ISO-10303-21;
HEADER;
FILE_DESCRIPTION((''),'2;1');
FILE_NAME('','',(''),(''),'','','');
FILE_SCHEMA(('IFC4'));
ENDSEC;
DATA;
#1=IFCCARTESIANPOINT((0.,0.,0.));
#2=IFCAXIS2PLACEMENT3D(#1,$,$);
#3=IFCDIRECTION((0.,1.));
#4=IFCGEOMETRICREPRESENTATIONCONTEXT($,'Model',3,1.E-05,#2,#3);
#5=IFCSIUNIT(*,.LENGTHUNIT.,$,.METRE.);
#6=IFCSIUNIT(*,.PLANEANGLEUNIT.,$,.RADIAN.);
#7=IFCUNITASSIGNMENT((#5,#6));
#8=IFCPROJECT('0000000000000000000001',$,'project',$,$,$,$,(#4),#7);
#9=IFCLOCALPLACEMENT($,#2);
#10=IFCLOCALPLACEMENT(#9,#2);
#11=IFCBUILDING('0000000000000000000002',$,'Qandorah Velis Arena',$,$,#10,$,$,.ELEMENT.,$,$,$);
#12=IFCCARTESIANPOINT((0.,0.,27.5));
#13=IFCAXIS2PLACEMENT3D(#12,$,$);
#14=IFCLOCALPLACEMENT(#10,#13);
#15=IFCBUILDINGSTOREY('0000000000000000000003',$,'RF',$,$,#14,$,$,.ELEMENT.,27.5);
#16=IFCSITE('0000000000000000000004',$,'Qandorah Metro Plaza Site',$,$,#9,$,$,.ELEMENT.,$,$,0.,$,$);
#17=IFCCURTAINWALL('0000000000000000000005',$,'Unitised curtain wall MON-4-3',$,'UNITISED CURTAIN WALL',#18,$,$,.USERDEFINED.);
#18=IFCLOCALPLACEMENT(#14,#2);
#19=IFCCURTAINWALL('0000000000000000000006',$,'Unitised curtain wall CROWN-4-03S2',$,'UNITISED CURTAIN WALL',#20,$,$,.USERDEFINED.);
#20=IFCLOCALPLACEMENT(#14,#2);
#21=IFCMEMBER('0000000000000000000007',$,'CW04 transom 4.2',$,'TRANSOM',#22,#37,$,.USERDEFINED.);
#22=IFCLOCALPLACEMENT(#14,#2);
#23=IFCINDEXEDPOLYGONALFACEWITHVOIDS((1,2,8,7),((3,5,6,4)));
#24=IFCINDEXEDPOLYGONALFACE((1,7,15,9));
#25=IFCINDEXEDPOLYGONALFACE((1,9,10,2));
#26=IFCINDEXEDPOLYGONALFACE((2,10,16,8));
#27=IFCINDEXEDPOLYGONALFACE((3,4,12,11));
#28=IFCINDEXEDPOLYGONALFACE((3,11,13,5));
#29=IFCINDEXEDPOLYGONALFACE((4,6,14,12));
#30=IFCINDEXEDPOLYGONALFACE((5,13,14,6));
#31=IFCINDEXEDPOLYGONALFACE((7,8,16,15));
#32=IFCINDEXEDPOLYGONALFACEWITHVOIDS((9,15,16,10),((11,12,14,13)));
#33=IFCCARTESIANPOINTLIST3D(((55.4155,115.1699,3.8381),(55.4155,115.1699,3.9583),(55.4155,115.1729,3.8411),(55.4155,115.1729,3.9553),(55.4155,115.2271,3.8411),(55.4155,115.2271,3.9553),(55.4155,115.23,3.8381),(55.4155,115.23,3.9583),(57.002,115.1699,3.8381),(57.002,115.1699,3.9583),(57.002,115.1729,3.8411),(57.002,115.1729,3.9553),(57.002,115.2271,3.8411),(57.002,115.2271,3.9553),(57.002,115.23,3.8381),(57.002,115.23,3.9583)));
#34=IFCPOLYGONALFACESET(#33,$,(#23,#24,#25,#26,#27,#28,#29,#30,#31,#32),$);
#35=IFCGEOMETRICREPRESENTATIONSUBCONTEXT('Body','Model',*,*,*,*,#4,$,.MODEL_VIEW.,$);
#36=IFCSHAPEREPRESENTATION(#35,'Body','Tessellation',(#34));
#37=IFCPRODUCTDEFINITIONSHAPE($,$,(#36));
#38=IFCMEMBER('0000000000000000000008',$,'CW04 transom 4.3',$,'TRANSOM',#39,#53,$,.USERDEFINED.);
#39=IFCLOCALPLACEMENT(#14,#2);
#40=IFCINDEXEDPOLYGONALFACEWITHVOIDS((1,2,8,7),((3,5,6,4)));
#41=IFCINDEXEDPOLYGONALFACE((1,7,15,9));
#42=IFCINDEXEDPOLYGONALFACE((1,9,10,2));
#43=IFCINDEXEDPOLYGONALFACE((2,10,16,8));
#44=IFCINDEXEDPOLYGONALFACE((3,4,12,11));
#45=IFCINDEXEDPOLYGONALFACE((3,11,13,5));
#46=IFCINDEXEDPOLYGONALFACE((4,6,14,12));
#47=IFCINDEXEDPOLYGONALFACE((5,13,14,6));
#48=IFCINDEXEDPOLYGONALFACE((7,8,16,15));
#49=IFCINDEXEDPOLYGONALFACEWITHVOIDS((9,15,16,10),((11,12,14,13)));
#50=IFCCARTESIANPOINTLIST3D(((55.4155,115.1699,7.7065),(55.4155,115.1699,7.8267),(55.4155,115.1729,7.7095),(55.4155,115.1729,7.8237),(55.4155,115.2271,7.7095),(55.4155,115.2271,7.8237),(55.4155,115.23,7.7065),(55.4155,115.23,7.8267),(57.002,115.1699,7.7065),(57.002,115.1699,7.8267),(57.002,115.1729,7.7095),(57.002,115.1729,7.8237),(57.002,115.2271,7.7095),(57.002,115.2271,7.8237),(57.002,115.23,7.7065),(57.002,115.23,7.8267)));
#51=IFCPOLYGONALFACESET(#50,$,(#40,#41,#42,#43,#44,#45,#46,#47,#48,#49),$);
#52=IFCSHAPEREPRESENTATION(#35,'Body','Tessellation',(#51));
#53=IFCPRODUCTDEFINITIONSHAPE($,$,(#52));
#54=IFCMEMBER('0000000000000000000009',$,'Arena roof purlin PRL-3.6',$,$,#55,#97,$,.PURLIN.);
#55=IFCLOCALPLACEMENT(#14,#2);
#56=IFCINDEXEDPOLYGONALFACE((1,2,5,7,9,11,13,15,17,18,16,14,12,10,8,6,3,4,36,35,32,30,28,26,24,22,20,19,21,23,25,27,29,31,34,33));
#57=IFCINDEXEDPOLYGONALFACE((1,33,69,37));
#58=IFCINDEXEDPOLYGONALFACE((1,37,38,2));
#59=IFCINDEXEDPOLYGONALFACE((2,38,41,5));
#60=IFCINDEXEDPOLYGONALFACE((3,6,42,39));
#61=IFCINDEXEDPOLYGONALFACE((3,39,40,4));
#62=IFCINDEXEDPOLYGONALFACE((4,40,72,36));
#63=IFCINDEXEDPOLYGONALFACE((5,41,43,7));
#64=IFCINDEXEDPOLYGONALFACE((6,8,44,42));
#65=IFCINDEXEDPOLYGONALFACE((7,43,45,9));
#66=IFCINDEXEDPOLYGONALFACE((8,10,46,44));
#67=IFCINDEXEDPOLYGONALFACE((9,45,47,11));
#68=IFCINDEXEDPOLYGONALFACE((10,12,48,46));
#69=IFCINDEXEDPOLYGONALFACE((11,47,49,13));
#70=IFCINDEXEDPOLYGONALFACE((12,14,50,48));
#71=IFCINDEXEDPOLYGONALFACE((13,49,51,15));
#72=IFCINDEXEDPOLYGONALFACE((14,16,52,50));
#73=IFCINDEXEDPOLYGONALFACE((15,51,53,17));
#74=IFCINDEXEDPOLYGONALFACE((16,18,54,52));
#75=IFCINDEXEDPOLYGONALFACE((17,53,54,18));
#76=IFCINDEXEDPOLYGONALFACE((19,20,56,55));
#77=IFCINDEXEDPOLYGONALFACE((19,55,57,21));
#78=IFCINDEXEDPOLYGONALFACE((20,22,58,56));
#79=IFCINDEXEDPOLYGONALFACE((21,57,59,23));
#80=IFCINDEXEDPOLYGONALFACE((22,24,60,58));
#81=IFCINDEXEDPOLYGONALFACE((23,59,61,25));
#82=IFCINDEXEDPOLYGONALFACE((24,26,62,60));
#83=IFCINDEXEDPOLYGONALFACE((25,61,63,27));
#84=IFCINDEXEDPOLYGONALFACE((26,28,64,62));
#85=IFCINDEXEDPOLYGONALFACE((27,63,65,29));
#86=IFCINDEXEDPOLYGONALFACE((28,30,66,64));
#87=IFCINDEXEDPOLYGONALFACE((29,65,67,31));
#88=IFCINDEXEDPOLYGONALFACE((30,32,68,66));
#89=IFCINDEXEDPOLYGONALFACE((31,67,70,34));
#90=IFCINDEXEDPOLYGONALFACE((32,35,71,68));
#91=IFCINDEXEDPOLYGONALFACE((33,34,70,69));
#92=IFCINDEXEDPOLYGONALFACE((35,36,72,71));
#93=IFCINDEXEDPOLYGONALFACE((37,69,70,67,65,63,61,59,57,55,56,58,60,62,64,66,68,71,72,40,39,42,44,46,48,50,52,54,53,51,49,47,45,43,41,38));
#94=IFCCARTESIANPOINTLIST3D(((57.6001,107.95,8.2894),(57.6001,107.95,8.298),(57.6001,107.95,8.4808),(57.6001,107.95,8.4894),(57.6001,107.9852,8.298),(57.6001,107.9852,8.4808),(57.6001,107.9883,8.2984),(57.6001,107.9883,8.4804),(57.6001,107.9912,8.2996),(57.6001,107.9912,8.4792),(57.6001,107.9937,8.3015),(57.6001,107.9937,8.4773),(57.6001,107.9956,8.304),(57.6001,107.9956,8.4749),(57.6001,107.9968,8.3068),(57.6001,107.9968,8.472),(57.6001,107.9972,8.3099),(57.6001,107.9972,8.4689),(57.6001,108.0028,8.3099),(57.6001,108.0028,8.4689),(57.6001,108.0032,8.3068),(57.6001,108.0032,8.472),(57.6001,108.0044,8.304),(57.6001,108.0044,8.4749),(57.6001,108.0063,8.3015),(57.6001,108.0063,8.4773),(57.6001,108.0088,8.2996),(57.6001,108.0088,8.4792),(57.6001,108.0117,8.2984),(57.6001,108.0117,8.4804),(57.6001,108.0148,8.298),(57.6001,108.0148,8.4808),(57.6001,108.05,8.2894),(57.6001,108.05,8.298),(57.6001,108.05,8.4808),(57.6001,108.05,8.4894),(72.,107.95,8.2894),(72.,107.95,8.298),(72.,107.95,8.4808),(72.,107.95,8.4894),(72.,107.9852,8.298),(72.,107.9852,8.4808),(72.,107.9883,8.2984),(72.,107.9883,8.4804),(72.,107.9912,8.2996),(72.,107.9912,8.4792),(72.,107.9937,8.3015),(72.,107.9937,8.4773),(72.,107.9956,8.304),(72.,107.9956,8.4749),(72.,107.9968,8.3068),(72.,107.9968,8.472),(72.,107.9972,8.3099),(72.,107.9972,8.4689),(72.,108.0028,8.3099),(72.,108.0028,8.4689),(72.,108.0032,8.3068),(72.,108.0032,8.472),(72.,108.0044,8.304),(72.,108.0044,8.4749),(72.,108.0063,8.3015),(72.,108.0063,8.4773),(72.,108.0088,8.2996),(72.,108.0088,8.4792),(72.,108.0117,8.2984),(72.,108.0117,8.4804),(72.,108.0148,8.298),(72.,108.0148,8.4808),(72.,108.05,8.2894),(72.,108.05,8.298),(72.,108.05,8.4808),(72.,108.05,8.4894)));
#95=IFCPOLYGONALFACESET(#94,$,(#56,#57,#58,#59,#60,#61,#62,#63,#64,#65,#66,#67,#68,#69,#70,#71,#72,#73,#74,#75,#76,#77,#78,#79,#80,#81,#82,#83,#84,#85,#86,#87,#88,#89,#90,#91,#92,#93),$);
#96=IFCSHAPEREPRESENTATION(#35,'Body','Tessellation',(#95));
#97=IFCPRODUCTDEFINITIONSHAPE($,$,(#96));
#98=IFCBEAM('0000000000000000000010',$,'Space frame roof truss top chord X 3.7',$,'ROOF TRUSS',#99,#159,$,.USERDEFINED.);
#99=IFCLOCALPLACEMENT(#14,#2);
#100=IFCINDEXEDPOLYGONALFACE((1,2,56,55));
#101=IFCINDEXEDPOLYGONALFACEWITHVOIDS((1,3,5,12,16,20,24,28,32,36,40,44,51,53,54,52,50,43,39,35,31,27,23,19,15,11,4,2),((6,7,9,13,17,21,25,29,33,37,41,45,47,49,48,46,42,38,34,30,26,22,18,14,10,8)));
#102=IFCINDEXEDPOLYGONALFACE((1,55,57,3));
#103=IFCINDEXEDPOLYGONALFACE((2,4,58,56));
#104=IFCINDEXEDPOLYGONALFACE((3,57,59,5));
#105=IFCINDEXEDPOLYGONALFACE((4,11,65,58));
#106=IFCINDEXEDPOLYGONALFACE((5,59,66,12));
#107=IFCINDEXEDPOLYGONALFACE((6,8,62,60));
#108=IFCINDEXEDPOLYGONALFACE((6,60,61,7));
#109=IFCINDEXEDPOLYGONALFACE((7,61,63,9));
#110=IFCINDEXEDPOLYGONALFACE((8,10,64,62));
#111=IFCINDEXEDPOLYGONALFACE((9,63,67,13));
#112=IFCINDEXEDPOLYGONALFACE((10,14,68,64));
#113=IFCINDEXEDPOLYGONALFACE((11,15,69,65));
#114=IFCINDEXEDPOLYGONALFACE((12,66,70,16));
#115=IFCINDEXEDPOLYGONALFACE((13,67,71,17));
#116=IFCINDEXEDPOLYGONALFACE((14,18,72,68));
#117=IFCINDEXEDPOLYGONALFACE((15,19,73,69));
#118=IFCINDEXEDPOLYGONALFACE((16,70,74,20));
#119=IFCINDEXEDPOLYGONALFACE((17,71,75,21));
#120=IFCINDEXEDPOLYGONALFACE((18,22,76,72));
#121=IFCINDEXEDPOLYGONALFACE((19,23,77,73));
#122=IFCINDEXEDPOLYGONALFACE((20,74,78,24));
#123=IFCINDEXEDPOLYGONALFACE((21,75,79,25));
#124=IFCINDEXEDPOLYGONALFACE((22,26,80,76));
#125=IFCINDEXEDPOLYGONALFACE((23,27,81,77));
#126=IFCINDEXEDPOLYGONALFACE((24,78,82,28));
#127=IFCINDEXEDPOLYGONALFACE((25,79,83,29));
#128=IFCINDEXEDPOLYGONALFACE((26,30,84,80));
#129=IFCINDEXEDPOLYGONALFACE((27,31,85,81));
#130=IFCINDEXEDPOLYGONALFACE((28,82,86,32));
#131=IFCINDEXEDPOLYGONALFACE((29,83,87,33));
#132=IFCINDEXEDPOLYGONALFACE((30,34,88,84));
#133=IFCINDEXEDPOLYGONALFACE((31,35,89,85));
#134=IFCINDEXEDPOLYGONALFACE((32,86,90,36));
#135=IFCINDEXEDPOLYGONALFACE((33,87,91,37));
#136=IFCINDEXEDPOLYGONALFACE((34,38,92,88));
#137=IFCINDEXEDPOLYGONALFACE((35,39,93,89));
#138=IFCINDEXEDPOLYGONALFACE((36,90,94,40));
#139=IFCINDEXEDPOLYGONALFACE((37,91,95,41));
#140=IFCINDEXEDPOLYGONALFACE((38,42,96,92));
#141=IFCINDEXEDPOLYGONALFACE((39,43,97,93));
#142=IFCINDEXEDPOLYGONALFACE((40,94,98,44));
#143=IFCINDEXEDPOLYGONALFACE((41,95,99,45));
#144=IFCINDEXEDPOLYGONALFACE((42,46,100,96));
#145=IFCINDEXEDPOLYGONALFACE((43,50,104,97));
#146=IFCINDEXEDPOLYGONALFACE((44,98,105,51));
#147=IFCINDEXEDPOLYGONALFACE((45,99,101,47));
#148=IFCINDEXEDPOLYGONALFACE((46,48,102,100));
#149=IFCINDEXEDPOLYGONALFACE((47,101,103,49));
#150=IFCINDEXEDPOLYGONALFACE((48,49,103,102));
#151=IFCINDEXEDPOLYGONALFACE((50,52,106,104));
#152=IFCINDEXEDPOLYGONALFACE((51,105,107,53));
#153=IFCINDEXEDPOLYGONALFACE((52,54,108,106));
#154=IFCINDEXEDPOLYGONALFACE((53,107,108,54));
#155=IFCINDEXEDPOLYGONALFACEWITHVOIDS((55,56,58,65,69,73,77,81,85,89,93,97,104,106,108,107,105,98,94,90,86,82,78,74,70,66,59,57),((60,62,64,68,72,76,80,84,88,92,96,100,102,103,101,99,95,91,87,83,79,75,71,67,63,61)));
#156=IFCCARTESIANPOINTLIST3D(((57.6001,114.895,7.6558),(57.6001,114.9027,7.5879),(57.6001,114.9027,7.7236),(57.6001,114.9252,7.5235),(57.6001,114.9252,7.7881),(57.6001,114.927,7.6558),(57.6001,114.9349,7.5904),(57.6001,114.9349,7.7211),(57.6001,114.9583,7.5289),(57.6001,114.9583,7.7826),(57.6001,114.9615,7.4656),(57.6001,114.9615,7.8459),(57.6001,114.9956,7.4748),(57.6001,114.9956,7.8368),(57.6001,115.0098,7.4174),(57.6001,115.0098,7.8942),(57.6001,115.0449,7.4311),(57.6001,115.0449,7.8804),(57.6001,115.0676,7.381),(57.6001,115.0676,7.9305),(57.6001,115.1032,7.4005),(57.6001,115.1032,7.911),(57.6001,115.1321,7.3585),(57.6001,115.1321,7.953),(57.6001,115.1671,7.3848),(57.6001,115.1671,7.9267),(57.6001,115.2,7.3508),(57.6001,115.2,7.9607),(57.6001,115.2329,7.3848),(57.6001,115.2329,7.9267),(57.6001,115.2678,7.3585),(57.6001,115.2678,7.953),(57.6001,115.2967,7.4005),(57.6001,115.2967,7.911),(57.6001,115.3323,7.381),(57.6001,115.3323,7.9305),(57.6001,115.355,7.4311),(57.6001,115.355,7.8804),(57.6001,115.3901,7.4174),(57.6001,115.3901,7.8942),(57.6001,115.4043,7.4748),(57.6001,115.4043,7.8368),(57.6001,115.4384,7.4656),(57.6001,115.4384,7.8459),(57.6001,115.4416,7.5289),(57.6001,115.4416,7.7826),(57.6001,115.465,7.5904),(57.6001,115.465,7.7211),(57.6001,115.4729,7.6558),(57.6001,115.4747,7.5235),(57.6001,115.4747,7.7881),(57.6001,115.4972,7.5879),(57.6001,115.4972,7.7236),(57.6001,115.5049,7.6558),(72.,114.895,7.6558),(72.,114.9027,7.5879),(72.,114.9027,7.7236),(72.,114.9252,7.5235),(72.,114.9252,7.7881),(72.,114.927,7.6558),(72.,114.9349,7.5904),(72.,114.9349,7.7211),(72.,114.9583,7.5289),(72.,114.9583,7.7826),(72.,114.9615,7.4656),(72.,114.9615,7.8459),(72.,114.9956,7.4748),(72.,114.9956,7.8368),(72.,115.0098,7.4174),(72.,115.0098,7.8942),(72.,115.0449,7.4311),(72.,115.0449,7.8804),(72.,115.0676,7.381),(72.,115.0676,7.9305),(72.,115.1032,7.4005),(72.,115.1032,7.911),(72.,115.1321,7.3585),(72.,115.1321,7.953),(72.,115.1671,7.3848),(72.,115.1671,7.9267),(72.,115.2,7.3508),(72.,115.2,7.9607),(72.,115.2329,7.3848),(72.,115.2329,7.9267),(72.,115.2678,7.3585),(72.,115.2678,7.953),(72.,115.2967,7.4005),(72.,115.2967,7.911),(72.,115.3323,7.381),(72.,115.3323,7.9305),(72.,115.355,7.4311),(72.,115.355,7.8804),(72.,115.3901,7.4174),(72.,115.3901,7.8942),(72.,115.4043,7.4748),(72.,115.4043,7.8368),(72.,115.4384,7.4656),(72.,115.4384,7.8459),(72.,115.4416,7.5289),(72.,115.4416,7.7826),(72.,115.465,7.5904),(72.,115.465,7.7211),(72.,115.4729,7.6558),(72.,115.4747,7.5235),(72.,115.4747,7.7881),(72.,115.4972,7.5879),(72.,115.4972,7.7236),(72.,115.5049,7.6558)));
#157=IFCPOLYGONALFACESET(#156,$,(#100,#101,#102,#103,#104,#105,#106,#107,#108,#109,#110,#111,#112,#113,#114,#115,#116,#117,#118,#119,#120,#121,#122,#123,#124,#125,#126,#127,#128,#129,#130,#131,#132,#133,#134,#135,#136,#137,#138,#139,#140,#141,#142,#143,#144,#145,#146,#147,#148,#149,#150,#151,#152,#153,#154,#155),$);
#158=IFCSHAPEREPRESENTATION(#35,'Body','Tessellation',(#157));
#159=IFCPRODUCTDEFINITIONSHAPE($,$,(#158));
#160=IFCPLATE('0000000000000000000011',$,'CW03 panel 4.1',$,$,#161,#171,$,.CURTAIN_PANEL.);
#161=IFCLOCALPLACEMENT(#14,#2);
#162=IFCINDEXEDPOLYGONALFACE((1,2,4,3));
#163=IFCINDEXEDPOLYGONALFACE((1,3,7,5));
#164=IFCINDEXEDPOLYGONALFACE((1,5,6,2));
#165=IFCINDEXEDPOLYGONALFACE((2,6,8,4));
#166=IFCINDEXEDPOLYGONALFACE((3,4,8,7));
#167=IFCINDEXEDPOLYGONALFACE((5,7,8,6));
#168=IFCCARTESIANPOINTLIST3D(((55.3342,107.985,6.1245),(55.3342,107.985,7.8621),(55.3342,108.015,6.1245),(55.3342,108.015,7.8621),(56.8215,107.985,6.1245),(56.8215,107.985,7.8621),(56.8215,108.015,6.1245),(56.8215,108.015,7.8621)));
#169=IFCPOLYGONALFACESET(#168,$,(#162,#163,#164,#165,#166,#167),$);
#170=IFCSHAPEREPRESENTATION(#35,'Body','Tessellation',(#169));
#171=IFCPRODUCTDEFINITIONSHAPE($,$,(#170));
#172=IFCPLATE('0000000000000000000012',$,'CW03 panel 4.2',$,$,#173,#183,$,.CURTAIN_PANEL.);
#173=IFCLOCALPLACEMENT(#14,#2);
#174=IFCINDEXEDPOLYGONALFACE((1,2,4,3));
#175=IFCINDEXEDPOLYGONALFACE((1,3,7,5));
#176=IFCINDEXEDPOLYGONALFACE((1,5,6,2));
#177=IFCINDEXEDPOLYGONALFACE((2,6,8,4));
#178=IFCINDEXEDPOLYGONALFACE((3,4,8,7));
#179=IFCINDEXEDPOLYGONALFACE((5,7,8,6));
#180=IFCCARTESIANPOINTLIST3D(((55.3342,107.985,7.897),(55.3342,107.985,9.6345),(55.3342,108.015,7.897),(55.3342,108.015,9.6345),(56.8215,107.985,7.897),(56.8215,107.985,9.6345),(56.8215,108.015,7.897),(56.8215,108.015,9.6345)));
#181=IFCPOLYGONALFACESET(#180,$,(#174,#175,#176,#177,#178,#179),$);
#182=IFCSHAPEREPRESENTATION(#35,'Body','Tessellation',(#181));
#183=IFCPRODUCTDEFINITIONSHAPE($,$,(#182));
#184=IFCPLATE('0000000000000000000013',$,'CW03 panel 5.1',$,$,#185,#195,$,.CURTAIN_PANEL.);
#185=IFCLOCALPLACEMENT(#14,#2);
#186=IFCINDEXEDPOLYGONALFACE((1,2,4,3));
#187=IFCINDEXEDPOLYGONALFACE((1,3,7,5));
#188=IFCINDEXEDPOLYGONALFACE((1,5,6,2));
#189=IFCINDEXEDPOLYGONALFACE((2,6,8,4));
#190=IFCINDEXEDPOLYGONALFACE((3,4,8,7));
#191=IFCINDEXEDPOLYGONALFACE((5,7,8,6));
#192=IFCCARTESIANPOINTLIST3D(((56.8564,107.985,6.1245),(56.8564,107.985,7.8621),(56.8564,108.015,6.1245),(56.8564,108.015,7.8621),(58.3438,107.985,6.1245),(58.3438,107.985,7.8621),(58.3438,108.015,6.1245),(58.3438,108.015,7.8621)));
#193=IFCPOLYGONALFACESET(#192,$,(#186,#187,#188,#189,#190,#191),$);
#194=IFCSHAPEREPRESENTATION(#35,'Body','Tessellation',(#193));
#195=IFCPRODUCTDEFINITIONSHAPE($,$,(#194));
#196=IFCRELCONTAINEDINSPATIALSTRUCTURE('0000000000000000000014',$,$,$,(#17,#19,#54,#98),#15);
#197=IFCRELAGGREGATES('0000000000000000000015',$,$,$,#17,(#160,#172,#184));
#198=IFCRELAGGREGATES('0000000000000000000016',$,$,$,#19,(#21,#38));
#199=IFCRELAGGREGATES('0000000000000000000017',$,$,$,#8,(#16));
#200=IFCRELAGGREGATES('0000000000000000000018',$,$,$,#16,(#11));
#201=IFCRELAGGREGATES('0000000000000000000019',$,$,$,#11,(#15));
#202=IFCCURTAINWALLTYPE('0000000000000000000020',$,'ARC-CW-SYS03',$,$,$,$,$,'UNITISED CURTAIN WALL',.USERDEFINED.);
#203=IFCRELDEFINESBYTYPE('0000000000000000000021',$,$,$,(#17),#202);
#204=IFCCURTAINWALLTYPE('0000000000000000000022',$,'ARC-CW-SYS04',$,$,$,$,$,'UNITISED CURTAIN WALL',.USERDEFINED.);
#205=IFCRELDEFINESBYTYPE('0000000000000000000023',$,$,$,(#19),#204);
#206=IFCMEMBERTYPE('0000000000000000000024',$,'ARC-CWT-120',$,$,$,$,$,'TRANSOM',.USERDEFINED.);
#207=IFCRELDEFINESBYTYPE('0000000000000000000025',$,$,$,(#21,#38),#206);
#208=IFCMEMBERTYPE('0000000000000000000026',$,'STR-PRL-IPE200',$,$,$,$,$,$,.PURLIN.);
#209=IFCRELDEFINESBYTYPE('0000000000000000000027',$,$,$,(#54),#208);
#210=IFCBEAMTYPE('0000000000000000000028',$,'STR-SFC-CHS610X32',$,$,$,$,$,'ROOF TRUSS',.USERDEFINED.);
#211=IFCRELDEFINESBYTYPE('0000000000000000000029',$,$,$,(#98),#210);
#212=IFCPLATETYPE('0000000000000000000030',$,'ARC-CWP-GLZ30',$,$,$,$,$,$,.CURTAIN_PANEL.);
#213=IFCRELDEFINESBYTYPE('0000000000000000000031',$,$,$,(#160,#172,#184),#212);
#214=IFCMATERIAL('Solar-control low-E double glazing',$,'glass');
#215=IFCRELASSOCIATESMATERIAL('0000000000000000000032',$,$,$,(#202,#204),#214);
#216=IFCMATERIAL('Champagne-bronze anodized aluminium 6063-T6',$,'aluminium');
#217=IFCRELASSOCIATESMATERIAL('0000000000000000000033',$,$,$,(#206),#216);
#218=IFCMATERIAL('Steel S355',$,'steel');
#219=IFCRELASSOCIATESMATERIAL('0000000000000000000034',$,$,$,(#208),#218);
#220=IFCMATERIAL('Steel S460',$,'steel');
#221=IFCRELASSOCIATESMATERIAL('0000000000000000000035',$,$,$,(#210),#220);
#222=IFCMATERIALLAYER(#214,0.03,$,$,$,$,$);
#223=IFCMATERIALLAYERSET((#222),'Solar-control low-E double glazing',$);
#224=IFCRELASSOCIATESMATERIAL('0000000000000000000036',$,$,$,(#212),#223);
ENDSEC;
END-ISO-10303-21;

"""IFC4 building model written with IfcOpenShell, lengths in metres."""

from ifc_helpers import new_model, si_unit, direction, frame, origin, origin_2d, place, context, subcontext, project, spatial, rectangle, hollow_rectangle, hollow_circle, i_section, extrude, material, layer, layer_set, material_profile, profile_set, type_object, element, aggregate, save


model = new_model("IFC4")

# Units and contexts
model_context = context("Model", 3, precision=1e-05, world=origin(), true_north=direction((0.0, 1.0)))
body_context = subcontext(model_context, "Body", "Model", "MODEL_VIEW")
ifc_project = project(units=[si_unit("LENGTHUNIT", "METRE"), si_unit("PLANEANGLEUNIT", "RADIAN")], contexts=[model_context])

# Site, building, storey
site_placement = place(None, origin())
site = spatial("IfcSite", under=ifc_project, at=site_placement, Name="Qandorah Metro Plaza Site", CompositionType="ELEMENT", RefElevation=0.0)
building_placement = place(site_placement, origin())
building = spatial("IfcBuilding", under=site, at=building_placement, Name="Qandorah Velis Arena", CompositionType="ELEMENT")
storey_placement = place(building_placement, frame((0.0, 0.0, 27.5)))
storey = spatial("IfcBuildingStorey", under=building, at=storey_placement, Name="RF", CompositionType="ELEMENT", Elevation=27.5)

# Curtain walls
ifc_material_1 = material(Name="Solar-control low-E double glazing", Category="glass")
curtain_wall_type_1 = type_object("IfcCurtainWallType", Name="ARC-CW-SYS03", ElementType="UNITISED CURTAIN WALL", PredefinedType="USERDEFINED", material=ifc_material_1)
curtain_wall_1_placement = place(storey_placement, origin())
curtain_wall_1 = element("IfcCurtainWall", 1, at=curtain_wall_1_placement, inside=storey, type_object=curtain_wall_type_1, Name="Unitised curtain wall MON-4-3", ObjectType="UNITISED CURTAIN WALL", PredefinedType="USERDEFINED")
ifc_material_2 = material(Name="Champagne-bronze anodized aluminium 6063-T6", Category="aluminium")
curtain_wall_type_2 = type_object("IfcCurtainWallType", Name="ARC-CW-SYS04", ElementType="UNITISED CURTAIN WALL", PredefinedType="USERDEFINED", material=ifc_material_1)
curtain_wall_2_placement = place(storey_placement, origin())
curtain_wall_2 = element("IfcCurtainWall", 2, at=curtain_wall_2_placement, inside=storey, type_object=curtain_wall_type_2, Name="Unitised curtain wall CROWN-4-03S2", ObjectType="UNITISED CURTAIN WALL", PredefinedType="USERDEFINED")

# Members
ifc_material_profile_1 = material_profile(ifc_material_2, hollow_rectangle(XDim=0.0601, YDim=0.1201, WallThickness=0.0029, at=origin_2d()), Name="ALU TRANSOM 60x120")
ifc_profile_set_1 = profile_set([ifc_material_profile_1], Name="Champagne-bronze anodized aluminium 6063-T6")
member_type_1 = type_object("IfcMemberType", Name="ARC-CWT-120", ElementType="TRANSOM", PredefinedType="USERDEFINED", material=ifc_profile_set_1)
member_1_placement = place(storey_placement, frame((55.4155, 115.2, 3.8982), z_axis=(1.0, 0.0, 0.0), x_axis=(0.0, 1.0, 0.0)))
member_1 = element("IfcMember", 3, at=member_1_placement, type_object=member_type_1, Name="CW04 transom 4.2", ObjectType="TRANSOM", PredefinedType="USERDEFINED", context=body_context, shape_type="SweptSolid", body=[
    extrude(hollow_rectangle(XDim=0.0601, YDim=0.1201, WallThickness=0.0029, at=origin_2d()), origin(), (0.0, 0.0, 1.0), 1.5864),
])
member_2_placement = place(storey_placement, frame((55.4155, 115.2, 7.7666), z_axis=(1.0, 0.0, 0.0), x_axis=(0.0, 1.0, 0.0)))
member_2 = element("IfcMember", 4, at=member_2_placement, type_object=member_type_1, Name="CW04 transom 4.3", ObjectType="TRANSOM", PredefinedType="USERDEFINED", context=body_context, shape_type="SweptSolid", body=[
    extrude(hollow_rectangle(XDim=0.0601, YDim=0.1201, WallThickness=0.0029, at=origin_2d()), origin(), (0.0, 0.0, 1.0), 1.5864),
])
ifc_material_3 = material(Name="Steel S355", Category="steel")
ifc_material_profile_2 = material_profile(ifc_material_3, i_section(OverallWidth=0.1001, OverallDepth=0.2, WebThickness=0.0056, FlangeThickness=0.0085, FilletRadius=0.012, at=origin_2d()), Name="IPE 200")
ifc_profile_set_2 = profile_set([ifc_material_profile_2], Name="Steel S355")
member_type_2 = type_object("IfcMemberType", Name="STR-PRL-IPE200", PredefinedType="PURLIN", material=ifc_profile_set_2)
member_3_placement = place(storey_placement, frame((57.6001, 108.0, 8.3894), z_axis=(1.0, 0.0, 0.0), x_axis=(0.0, 1.0, 0.0)))
element("IfcMember", 5, at=member_3_placement, inside=storey, type_object=member_type_2, Name="Arena roof purlin PRL-3.6", PredefinedType="PURLIN", context=body_context, shape_type="SweptSolid", body=[
    extrude(i_section(OverallWidth=0.1001, OverallDepth=0.2, WebThickness=0.0056, FlangeThickness=0.0085, FilletRadius=0.012, at=origin_2d()), origin(), (0.0, 0.0, 1.0), 14.3999),
])

# Beam
ifc_material_4 = material(Name="Steel S460", Category="steel")
ifc_material_profile_3 = material_profile(ifc_material_4, hollow_circle(Radius=0.3049, WallThickness=0.032, at=origin_2d()), Name="CHS 610x32")
ifc_profile_set_3 = profile_set([ifc_material_profile_3], Name="Steel S460")
beam_type = type_object("IfcBeamType", Name="STR-SFC-CHS610X32", ElementType="ROOF TRUSS", PredefinedType="USERDEFINED", material=ifc_profile_set_3)
beam_placement = place(storey_placement, frame((57.6001, 115.2, 7.6558), z_axis=(1.0, 0.0, 0.0), x_axis=(0.0, 1.0, 0.0)))
element("IfcBeam", 6, at=beam_placement, inside=storey, type_object=beam_type, Name="Space frame roof truss top chord X 3.7", ObjectType="ROOF TRUSS", PredefinedType="USERDEFINED", context=body_context, shape_type="SweptSolid", body=[
    extrude(hollow_circle(Radius=0.3049, WallThickness=0.032, at=origin_2d()), origin(), (0.0, 0.0, 1.0), 14.3999),
])

# Plates
ifc_layer_1 = layer(ifc_material_1, 0.03)
ifc_layer_set_1 = layer_set([ifc_layer_1], Name="Solar-control low-E double glazing")
plate_type_1 = type_object("IfcPlateType", Name="ARC-CWP-GLZ30", PredefinedType="CURTAIN_PANEL", material=ifc_layer_set_1)
plate_1_placement = place(storey_placement, frame((56.0779, 108.0, 6.1245), z_axis=(0.0, 0.0, 1.0), x_axis=(1.0, 0.0, 0.0)))
plate_1 = element("IfcPlate", 7, at=plate_1_placement, type_object=plate_type_1, Name="CW03 panel 4.1", PredefinedType="CURTAIN_PANEL", context=body_context, shape_type="SweptSolid", body=[
    extrude(rectangle(XDim=1.4873, YDim=0.03, at=origin_2d()), origin(), (0.0, 0.0, 1.0), 1.7375),
])
plate_2_placement = place(storey_placement, frame((56.0779, 108.0, 7.897), z_axis=(0.0, 0.0, 1.0), x_axis=(1.0, 0.0, 0.0)))
plate_2 = element("IfcPlate", 8, at=plate_2_placement, type_object=plate_type_1, Name="CW03 panel 4.2", PredefinedType="CURTAIN_PANEL", context=body_context, shape_type="SweptSolid", body=[
    extrude(rectangle(XDim=1.4873, YDim=0.03, at=origin_2d()), origin(), (0.0, 0.0, 1.0), 1.7375),
])
plate_3_placement = place(storey_placement, frame((57.6001, 108.0, 6.1245), z_axis=(0.0, 0.0, 1.0), x_axis=(1.0, 0.0, 0.0)))
plate_3 = element("IfcPlate", 9, at=plate_3_placement, type_object=plate_type_1, Name="CW03 panel 5.1", PredefinedType="CURTAIN_PANEL", context=body_context, shape_type="SweptSolid", body=[
    extrude(rectangle(XDim=1.4873, YDim=0.03, at=origin_2d()), origin(), (0.0, 0.0, 1.0), 1.7375),
])
aggregate(curtain_wall_1, [plate_1, plate_2, plate_3])
aggregate(curtain_wall_2, [member_1, member_2])

save(model, "model.ifc")
